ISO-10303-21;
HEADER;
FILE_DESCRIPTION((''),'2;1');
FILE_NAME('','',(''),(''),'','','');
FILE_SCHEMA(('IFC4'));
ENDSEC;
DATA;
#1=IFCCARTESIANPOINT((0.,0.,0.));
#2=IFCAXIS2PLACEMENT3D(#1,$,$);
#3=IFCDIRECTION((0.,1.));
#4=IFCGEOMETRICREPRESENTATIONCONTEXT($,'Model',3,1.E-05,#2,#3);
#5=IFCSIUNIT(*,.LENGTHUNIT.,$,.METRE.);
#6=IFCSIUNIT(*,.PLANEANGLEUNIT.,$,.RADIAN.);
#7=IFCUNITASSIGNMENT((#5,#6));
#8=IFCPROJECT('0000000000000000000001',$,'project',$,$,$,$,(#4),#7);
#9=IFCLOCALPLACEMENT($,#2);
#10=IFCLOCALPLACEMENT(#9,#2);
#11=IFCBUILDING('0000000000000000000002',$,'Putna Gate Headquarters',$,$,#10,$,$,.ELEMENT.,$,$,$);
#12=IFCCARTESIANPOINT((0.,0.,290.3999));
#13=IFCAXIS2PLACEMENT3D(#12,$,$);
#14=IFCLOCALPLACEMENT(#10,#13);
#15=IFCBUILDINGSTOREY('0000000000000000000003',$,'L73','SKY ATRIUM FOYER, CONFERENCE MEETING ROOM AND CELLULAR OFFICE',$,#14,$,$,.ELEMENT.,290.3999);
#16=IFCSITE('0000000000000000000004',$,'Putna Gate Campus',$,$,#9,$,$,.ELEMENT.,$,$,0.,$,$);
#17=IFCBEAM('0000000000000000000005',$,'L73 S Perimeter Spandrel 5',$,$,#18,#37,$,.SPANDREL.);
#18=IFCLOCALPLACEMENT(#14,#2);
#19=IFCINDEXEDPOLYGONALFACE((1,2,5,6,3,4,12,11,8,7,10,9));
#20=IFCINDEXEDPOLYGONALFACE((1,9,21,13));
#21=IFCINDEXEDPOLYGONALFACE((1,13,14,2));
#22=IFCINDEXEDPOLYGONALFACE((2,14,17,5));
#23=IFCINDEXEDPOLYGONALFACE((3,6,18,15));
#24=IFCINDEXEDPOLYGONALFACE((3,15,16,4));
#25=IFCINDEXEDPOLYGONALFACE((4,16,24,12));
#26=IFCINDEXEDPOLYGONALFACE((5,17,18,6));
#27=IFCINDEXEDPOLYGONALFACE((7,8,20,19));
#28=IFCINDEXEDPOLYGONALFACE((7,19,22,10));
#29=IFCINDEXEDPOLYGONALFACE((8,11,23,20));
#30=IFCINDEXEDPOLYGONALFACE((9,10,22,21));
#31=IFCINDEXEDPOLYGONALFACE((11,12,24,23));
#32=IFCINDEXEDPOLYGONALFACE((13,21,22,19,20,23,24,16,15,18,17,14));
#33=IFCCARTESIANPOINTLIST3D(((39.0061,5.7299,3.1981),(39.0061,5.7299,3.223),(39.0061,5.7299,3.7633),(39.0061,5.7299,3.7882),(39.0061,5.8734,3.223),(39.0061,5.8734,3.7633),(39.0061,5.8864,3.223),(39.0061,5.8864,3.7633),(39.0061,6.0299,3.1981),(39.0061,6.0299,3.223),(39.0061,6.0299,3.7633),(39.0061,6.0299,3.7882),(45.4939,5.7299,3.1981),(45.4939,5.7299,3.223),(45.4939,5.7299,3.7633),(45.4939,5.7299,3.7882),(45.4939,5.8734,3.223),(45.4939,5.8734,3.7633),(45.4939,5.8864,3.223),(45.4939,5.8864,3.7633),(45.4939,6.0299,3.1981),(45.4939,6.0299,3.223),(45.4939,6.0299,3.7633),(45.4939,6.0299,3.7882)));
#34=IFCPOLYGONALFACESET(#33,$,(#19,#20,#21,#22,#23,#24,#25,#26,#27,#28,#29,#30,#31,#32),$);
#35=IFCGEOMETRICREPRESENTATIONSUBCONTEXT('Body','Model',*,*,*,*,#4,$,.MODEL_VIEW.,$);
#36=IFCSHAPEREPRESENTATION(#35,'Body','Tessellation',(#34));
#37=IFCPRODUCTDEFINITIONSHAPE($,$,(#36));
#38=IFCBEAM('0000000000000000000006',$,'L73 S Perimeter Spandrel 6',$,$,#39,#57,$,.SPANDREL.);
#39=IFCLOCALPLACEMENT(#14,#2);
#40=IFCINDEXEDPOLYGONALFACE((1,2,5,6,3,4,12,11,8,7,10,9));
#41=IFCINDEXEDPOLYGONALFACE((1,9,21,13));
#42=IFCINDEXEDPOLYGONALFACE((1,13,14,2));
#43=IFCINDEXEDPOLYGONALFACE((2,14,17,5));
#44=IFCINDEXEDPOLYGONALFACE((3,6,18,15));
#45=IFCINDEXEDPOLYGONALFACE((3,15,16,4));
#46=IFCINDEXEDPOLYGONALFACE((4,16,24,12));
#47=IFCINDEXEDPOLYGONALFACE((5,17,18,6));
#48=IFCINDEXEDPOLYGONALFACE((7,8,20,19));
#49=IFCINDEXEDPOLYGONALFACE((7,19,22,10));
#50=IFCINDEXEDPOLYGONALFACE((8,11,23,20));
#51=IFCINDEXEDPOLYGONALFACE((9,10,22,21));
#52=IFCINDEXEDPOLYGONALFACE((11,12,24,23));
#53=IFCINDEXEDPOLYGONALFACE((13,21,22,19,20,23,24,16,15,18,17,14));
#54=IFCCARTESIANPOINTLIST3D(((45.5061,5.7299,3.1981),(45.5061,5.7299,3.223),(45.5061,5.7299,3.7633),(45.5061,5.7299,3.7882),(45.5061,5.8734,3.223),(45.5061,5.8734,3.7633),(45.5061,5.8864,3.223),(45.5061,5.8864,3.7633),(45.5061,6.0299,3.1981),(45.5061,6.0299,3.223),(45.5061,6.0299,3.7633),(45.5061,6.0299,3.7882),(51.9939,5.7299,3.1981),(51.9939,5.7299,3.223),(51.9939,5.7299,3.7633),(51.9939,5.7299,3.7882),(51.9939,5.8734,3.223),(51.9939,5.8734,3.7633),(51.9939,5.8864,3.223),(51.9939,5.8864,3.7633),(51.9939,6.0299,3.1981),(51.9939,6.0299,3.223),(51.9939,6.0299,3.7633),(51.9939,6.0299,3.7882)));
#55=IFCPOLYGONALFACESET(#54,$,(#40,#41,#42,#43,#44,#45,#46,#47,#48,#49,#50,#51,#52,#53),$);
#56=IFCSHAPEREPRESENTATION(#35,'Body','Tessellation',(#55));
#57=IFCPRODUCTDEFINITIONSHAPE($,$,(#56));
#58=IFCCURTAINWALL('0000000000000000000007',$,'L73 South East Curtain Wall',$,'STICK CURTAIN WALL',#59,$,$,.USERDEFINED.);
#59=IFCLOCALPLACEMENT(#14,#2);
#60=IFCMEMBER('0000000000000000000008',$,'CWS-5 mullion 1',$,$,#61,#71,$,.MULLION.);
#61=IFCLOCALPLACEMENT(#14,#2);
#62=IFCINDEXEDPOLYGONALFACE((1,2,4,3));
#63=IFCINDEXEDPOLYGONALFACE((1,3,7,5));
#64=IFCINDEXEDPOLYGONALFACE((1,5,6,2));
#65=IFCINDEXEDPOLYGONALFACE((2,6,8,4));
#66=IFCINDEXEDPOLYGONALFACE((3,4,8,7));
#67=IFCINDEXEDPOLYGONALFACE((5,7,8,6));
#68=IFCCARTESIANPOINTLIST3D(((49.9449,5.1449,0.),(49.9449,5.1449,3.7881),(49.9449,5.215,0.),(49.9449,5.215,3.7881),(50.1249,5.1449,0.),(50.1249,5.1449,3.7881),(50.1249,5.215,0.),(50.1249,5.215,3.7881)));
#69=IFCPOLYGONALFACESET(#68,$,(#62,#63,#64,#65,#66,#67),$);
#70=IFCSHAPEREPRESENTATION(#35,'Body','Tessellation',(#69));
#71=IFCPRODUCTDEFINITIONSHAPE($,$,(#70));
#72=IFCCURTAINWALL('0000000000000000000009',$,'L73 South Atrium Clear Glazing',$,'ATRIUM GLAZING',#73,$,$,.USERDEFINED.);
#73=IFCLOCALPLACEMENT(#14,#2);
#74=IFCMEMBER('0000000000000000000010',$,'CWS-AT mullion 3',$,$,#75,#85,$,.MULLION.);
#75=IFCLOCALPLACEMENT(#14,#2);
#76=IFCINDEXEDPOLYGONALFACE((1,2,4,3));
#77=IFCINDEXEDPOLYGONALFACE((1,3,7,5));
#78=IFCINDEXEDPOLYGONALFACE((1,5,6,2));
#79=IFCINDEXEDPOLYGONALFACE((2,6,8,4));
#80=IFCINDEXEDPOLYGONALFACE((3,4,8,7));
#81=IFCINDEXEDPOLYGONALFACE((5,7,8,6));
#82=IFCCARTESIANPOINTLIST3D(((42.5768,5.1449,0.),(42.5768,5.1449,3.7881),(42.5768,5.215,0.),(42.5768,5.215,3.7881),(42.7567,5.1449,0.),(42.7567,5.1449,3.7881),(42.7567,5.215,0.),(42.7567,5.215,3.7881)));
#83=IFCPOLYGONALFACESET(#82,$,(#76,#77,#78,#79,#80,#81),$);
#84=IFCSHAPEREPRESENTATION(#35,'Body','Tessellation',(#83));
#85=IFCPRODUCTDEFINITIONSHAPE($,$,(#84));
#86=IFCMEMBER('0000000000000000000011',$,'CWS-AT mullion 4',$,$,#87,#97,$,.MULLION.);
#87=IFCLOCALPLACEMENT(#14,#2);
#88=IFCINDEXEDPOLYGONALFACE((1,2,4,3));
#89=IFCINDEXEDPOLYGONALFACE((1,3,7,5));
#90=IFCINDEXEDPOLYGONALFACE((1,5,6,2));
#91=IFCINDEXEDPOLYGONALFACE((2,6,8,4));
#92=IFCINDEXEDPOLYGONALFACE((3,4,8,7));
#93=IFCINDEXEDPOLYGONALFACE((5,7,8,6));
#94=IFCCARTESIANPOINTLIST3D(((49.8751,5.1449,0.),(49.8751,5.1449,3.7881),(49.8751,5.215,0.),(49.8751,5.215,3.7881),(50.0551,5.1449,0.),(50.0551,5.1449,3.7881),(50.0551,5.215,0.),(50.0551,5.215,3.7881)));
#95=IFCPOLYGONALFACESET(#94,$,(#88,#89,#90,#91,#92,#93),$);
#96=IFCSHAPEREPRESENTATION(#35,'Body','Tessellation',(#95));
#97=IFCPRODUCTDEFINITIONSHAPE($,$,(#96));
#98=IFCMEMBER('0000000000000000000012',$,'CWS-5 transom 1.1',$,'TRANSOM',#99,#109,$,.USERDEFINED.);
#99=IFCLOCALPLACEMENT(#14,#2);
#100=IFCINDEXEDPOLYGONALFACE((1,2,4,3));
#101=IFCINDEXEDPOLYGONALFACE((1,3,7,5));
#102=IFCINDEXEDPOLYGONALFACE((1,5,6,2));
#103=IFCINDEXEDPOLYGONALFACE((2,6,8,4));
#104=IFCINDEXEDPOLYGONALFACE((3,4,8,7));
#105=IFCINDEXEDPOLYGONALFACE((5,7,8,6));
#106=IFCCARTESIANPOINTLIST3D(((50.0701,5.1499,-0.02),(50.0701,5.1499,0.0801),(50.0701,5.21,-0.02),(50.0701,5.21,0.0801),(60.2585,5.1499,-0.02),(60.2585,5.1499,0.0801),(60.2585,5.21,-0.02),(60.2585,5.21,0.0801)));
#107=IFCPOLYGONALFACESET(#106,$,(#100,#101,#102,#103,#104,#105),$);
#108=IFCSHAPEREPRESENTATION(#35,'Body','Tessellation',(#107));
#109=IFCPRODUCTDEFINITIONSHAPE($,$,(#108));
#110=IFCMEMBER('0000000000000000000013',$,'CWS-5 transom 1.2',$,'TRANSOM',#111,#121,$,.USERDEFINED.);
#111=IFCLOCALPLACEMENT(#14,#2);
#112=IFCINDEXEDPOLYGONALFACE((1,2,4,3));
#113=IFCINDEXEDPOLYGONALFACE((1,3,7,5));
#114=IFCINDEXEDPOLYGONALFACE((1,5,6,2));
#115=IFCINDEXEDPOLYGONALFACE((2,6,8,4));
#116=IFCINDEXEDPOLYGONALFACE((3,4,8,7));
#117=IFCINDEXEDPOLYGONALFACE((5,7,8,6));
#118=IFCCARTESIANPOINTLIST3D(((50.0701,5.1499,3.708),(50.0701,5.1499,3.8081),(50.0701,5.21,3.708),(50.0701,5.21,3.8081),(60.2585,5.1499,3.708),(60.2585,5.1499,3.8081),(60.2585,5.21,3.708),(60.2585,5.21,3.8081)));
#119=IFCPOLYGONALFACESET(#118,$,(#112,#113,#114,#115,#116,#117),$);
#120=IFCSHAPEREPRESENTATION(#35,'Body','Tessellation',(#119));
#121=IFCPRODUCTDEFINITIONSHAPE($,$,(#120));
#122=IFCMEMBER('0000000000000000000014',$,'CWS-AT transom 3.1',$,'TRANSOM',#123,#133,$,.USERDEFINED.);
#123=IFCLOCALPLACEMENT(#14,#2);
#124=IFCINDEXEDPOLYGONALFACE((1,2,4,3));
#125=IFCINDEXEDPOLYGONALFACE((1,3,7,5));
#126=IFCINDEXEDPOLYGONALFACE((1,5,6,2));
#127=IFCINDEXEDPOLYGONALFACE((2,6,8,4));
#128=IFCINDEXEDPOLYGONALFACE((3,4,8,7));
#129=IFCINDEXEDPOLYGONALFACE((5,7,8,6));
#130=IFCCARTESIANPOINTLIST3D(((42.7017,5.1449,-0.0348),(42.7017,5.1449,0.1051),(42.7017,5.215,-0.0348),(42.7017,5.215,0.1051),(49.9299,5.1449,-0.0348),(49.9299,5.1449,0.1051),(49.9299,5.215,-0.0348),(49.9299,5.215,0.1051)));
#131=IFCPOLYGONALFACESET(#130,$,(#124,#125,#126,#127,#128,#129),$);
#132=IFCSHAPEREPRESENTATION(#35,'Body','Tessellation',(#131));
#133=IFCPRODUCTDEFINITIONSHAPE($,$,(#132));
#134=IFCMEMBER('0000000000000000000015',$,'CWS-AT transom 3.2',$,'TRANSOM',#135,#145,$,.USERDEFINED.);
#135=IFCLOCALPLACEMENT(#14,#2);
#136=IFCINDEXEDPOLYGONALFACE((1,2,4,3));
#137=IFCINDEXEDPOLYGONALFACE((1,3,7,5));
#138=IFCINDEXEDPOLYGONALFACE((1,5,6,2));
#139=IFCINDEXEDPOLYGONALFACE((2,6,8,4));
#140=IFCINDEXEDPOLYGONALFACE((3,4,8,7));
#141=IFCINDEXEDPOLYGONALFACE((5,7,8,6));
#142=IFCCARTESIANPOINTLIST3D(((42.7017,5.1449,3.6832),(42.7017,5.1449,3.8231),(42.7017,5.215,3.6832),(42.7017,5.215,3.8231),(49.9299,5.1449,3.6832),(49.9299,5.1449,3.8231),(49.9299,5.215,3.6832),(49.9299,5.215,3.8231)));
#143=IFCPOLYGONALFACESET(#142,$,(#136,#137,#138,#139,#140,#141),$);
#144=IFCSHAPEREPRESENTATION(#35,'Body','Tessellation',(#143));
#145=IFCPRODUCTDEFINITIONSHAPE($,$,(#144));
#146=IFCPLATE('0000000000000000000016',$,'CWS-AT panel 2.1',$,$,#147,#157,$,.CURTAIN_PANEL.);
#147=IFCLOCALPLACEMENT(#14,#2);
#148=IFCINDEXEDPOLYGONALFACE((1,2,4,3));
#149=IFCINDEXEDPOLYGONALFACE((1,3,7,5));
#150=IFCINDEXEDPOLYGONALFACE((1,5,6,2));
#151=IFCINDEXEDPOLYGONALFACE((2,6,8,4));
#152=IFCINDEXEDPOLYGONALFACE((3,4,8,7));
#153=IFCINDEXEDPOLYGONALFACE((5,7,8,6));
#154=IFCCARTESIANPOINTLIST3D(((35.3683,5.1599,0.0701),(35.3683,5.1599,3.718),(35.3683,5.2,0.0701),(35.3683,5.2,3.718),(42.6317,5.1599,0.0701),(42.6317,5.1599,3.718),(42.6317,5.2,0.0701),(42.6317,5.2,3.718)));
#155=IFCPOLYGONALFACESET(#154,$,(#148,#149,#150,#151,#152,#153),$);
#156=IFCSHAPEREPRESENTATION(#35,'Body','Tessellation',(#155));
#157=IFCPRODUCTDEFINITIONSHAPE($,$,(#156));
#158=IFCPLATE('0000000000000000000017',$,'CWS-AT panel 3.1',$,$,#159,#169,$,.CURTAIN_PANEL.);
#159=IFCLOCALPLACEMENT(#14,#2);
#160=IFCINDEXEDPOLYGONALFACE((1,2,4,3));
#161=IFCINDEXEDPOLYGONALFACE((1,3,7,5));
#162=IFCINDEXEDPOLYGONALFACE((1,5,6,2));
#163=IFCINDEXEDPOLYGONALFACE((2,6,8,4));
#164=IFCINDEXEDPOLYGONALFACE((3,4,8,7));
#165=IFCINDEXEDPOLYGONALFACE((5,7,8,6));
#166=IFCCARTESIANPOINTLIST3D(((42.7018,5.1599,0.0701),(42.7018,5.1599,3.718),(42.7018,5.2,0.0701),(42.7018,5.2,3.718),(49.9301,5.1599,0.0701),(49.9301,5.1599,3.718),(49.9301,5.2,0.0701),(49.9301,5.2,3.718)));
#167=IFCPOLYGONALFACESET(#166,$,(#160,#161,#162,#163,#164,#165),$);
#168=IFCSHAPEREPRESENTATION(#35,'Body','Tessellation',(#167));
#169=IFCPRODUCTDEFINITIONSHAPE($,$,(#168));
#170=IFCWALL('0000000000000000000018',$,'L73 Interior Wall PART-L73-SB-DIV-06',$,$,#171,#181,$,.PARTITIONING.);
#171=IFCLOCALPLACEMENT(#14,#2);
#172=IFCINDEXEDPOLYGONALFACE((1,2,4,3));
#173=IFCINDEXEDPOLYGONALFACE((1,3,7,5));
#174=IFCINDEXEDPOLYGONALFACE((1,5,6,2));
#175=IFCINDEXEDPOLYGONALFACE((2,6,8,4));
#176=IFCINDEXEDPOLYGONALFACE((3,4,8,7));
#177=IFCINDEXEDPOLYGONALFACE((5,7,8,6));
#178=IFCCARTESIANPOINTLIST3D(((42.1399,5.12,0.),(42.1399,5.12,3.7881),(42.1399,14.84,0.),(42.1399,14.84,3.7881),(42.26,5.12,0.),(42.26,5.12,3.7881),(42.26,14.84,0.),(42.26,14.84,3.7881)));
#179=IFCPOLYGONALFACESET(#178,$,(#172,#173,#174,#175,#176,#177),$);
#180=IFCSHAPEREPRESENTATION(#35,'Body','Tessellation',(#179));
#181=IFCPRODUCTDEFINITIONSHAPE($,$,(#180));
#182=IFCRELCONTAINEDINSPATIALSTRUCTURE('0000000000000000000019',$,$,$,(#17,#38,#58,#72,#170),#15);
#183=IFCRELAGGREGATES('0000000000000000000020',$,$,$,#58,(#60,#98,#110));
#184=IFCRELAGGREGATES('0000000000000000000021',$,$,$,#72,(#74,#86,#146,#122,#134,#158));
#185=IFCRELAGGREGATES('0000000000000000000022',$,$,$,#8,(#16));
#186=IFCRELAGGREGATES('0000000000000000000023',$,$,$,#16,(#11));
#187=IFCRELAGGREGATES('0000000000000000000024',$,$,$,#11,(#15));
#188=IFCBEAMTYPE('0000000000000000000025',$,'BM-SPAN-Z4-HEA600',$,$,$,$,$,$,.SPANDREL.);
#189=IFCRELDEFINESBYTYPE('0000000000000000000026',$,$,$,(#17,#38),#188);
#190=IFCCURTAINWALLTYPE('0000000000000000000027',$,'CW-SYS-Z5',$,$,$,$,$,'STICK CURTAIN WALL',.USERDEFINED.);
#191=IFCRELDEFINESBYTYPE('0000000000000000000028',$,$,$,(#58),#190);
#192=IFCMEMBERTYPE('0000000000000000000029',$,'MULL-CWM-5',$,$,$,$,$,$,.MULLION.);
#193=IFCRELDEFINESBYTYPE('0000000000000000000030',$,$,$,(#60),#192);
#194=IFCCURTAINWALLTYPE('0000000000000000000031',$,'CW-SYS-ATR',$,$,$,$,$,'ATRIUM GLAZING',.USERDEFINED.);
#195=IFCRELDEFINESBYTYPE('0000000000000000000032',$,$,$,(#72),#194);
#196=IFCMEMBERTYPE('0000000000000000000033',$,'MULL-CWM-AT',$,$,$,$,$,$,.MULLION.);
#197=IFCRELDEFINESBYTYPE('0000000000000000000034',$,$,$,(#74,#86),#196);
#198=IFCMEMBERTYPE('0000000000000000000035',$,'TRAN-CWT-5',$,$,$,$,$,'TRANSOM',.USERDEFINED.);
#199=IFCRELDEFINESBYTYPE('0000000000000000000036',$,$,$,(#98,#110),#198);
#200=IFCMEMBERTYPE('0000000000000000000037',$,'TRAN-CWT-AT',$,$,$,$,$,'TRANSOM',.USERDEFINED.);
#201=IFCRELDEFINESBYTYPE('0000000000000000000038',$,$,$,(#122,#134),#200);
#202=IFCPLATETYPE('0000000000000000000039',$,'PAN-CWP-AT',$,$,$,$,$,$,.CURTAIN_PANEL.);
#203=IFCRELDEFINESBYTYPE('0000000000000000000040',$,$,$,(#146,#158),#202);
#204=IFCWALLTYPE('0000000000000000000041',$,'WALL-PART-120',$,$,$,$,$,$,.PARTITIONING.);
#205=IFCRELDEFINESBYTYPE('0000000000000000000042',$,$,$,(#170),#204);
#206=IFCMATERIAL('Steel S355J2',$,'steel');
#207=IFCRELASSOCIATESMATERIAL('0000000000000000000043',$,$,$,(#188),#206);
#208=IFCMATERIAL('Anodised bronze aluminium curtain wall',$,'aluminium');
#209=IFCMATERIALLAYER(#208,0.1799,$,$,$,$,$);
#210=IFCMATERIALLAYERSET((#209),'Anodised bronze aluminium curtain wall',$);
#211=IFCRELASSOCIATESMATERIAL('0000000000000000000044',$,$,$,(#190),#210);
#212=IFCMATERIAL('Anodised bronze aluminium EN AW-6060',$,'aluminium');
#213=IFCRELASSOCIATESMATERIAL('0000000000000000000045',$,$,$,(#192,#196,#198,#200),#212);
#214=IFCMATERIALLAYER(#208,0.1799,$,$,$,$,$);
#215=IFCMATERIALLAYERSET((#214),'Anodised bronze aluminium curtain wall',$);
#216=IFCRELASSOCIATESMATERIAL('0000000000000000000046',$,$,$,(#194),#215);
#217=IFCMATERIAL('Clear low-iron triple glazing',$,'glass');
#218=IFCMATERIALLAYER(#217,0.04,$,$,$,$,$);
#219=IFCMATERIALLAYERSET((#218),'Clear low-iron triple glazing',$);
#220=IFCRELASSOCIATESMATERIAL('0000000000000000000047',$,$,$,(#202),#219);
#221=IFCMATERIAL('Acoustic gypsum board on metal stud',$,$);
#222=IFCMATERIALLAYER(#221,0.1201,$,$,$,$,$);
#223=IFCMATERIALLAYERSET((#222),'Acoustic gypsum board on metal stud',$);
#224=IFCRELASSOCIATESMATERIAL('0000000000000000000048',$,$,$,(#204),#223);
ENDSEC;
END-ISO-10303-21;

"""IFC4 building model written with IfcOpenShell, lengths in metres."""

from ifc_helpers import new_model, si_unit, direction, frame, frame_2d, origin, origin_2d, place, context, subcontext, project, spatial, rectangle, i_section, extrude, material, layer, layer_set, material_profile, profile_set, type_object, element, aggregate, save


model = new_model("IFC4")

# Units and contexts
model_context = context("Model", 3, precision=1e-05, world=origin(), true_north=direction((0.0, 1.0)))
body_context = subcontext(model_context, "Body", "Model", "MODEL_VIEW")
ifc_project = project(units=[si_unit("LENGTHUNIT", "METRE"), si_unit("PLANEANGLEUNIT", "RADIAN")], contexts=[model_context])

# Site, building, storey
site_placement = place(None, origin())
site = spatial("IfcSite", under=ifc_project, at=site_placement, Name="Putna Gate Campus", CompositionType="ELEMENT", RefElevation=0.0)
building_placement = place(site_placement, origin())
building = spatial("IfcBuilding", under=site, at=building_placement, Name="Putna Gate Headquarters", CompositionType="ELEMENT")
storey_placement = place(building_placement, frame((0.0, 0.0, 290.3999)))
storey = spatial("IfcBuildingStorey", under=building, at=storey_placement, Name="L73", Description="SKY ATRIUM FOYER, CONFERENCE MEETING ROOM AND CELLULAR OFFICE", CompositionType="ELEMENT", Elevation=290.3999)

# Beams
ifc_material_1 = material(Name="Steel S355J2", Category="steel")
ifc_material_profile_1 = material_profile(ifc_material_1, i_section(OverallWidth=0.3, OverallDepth=0.5901, WebThickness=0.0129, FlangeThickness=0.0249, at=origin_2d()), Name="Steel S355J2")
ifc_profile_set_1 = profile_set([ifc_material_profile_1], Name="Steel S355J2")
beam_type_1 = type_object("IfcBeamType", Name="BM-SPAN-Z4-HEA600", PredefinedType="SPANDREL", material=ifc_profile_set_1)
for number, where, z_axis, x_axis, name in (
    (1, (39.0061, 5.8799, 3.4932), (1.0, 0.0, 0.0), (0.0, 1.0, 0.0), "L73 S Perimeter Spandrel 5"),
    (2, (45.5061, 5.8799, 3.4932), (1.0, 0.0, 0.0), (0.0, 1.0, 0.0), "L73 S Perimeter Spandrel 6"),
):
    element("IfcBeam", number, at=place(storey_placement, frame(where, z_axis=z_axis, x_axis=x_axis)), inside=storey, type_object=beam_type_1, Name=name, PredefinedType="SPANDREL", context=body_context, shape_type="SweptSolid", body=[
        extrude(i_section(OverallWidth=0.3, OverallDepth=0.5901, WebThickness=0.0129, FlangeThickness=0.0249, at=origin_2d()), origin(), (0.0, 0.0, 1.0), 6.4878),
    ])

# Curtain wall, member
ifc_material_2 = material(Name="Anodised bronze aluminium curtain wall", Category="aluminium")
ifc_layer_1 = layer(ifc_material_2, 0.1799)
ifc_layer_set_1 = layer_set([ifc_layer_1], Name="Anodised bronze aluminium curtain wall")
curtain_wall_type_1 = type_object("IfcCurtainWallType", Name="CW-SYS-Z5", ElementType="STICK CURTAIN WALL", PredefinedType="USERDEFINED", material=ifc_layer_set_1)
curtain_wall_1_placement = place(storey_placement, origin())
curtain_wall_1 = element("IfcCurtainWall", 3, at=curtain_wall_1_placement, inside=storey, type_object=curtain_wall_type_1, Name="L73 South East Curtain Wall", ObjectType="STICK CURTAIN WALL", PredefinedType="USERDEFINED")
ifc_material_3 = material(Name="Anodised bronze aluminium EN AW-6060", Category="aluminium")
ifc_material_profile_2 = material_profile(ifc_material_3, rectangle(XDim=0.0701, YDim=0.1799, at=origin_2d()), Name="Anodised bronze aluminium EN AW-6060")
ifc_profile_set_2 = profile_set([ifc_material_profile_2], Name="Anodised bronze aluminium EN AW-6060")
member_type_1 = type_object("IfcMemberType", Name="MULL-CWM-5", PredefinedType="MULLION", material=ifc_profile_set_2)
member_1_placement = place(storey_placement, frame((50.0349, 5.1799, 0.0), z_axis=(0.0, 0.0, 1.0), x_axis=(0.0, 1.0, 0.0)))
member_1 = element("IfcMember", 4, at=member_1_placement, type_object=member_type_1, Name="CWS-5 mullion 1", PredefinedType="MULLION", context=body_context, shape_type="SweptSolid", body=[
    extrude(rectangle(XDim=0.0701, YDim=0.1799, at=origin_2d()), origin(), (0.0, 0.0, 1.0), 3.7881),
])

# Curtain wall, members
ifc_layer_2 = layer(ifc_material_2, 0.1799)
ifc_layer_set_2 = layer_set([ifc_layer_2], Name="Anodised bronze aluminium curtain wall")
curtain_wall_type_2 = type_object("IfcCurtainWallType", Name="CW-SYS-ATR", ElementType="ATRIUM GLAZING", PredefinedType="USERDEFINED", material=ifc_layer_set_2)
curtain_wall_2_placement = place(storey_placement, origin())
curtain_wall_2 = element("IfcCurtainWall", 5, at=curtain_wall_2_placement, inside=storey, type_object=curtain_wall_type_2, Name="L73 South Atrium Clear Glazing", ObjectType="ATRIUM GLAZING", PredefinedType="USERDEFINED")
ifc_material_profile_3 = material_profile(ifc_material_3, rectangle(XDim=0.0701, YDim=0.1799, at=origin_2d()), Name="Anodised bronze aluminium EN AW-6060")
ifc_profile_set_3 = profile_set([ifc_material_profile_3], Name="Anodised bronze aluminium EN AW-6060")
member_type_2 = type_object("IfcMemberType", Name="MULL-CWM-AT", PredefinedType="MULLION", material=ifc_profile_set_3)
member_2_placement = place(storey_placement, frame((42.6667, 5.1799, 0.0), z_axis=(0.0, 0.0, 1.0), x_axis=(0.0, 1.0, 0.0)))
member_2 = element("IfcMember", 6, at=member_2_placement, type_object=member_type_2, Name="CWS-AT mullion 3", PredefinedType="MULLION", context=body_context, shape_type="SweptSolid", body=[
    extrude(rectangle(XDim=0.0701, YDim=0.1799, at=origin_2d()), origin(), (0.0, 0.0, 1.0), 3.7881),
])
member_3_placement = place(storey_placement, frame((49.9651, 5.1799, 0.0), z_axis=(0.0, 0.0, 1.0), x_axis=(0.0, 1.0, 0.0)))
member_3 = element("IfcMember", 7, at=member_3_placement, type_object=member_type_2, Name="CWS-AT mullion 4", PredefinedType="MULLION", context=body_context, shape_type="SweptSolid", body=[
    extrude(rectangle(XDim=0.0701, YDim=0.1799, at=origin_2d()), origin(), (0.0, 0.0, 1.0), 3.7881),
])

# Members
ifc_material_profile_4 = material_profile(ifc_material_3, rectangle(XDim=0.0601, YDim=0.1001, at=origin_2d()), Name="Anodised bronze aluminium EN AW-6060")
ifc_profile_set_4 = profile_set([ifc_material_profile_4], Name="Anodised bronze aluminium EN AW-6060")
member_type_3 = type_object("IfcMemberType", Name="TRAN-CWT-5", ElementType="TRANSOM", PredefinedType="USERDEFINED", material=ifc_profile_set_4)
member_4_placement = place(storey_placement, frame((50.0701, 5.1799, 0.03), z_axis=(1.0, 0.0, 0.0), x_axis=(0.0, 1.0, 0.0)))
member_4 = element("IfcMember", 8, at=member_4_placement, type_object=member_type_3, Name="CWS-5 transom 1.1", ObjectType="TRANSOM", PredefinedType="USERDEFINED", context=body_context, shape_type="SweptSolid", body=[
    extrude(rectangle(XDim=0.0601, YDim=0.1001, at=origin_2d()), origin(), (0.0, 0.0, 1.0), 10.1885),
])
member_5_placement = place(storey_placement, frame((50.0701, 5.1799, 3.7581), z_axis=(1.0, 0.0, 0.0), x_axis=(0.0, 1.0, 0.0)))
member_5 = element("IfcMember", 9, at=member_5_placement, type_object=member_type_3, Name="CWS-5 transom 1.2", ObjectType="TRANSOM", PredefinedType="USERDEFINED", context=body_context, shape_type="SweptSolid", body=[
    extrude(rectangle(XDim=0.0601, YDim=0.1001, at=origin_2d()), origin(), (0.0, 0.0, 1.0), 10.1885),
])
aggregate(curtain_wall_1, [member_1, member_4, member_5])
ifc_material_profile_5 = material_profile(ifc_material_3, rectangle(XDim=0.0701, YDim=0.1399, at=origin_2d()), Name="Anodised bronze aluminium EN AW-6060")
ifc_profile_set_5 = profile_set([ifc_material_profile_5], Name="Anodised bronze aluminium EN AW-6060")
member_type_4 = type_object("IfcMemberType", Name="TRAN-CWT-AT", ElementType="TRANSOM", PredefinedType="USERDEFINED", material=ifc_profile_set_5)
member_6_placement = place(storey_placement, frame((42.7017, 5.1799, 0.0352), z_axis=(1.0, 0.0, 0.0), x_axis=(0.0, 1.0, 0.0)))
member_6 = element("IfcMember", 10, at=member_6_placement, type_object=member_type_4, Name="CWS-AT transom 3.1", ObjectType="TRANSOM", PredefinedType="USERDEFINED", context=body_context, shape_type="SweptSolid", body=[
    extrude(rectangle(XDim=0.0701, YDim=0.1399, at=origin_2d()), origin(), (0.0, 0.0, 1.0), 7.2283),
])
member_7_placement = place(storey_placement, frame((42.7017, 5.1799, 3.7532), z_axis=(1.0, 0.0, 0.0), x_axis=(0.0, 1.0, 0.0)))
member_7 = element("IfcMember", 11, at=member_7_placement, type_object=member_type_4, Name="CWS-AT transom 3.2", ObjectType="TRANSOM", PredefinedType="USERDEFINED", context=body_context, shape_type="SweptSolid", body=[
    extrude(rectangle(XDim=0.0701, YDim=0.1399, at=origin_2d()), origin(), (0.0, 0.0, 1.0), 7.2283),
])

# Plates
ifc_material_4 = material(Name="Clear low-iron triple glazing", Category="glass")
ifc_layer_3 = layer(ifc_material_4, 0.04)
ifc_layer_set_3 = layer_set([ifc_layer_3], Name="Clear low-iron triple glazing")
plate_type = type_object("IfcPlateType", Name="PAN-CWP-AT", PredefinedType="CURTAIN_PANEL", material=ifc_layer_set_3)
plate_1_placement = place(storey_placement, frame((39.0, 5.1799, 0.0701), z_axis=(0.0, 0.0, 1.0), x_axis=(1.0, 0.0, 0.0)))
plate_1 = element("IfcPlate", 12, at=plate_1_placement, type_object=plate_type, Name="CWS-AT panel 2.1", PredefinedType="CURTAIN_PANEL", context=body_context, shape_type="SweptSolid", body=[
    extrude(rectangle(XDim=7.2634, YDim=0.04, at=origin_2d()), origin(), (0.0, 0.0, 1.0), 3.6479),
])
plate_2_placement = place(storey_placement, frame((46.3159, 5.1799, 0.0701), z_axis=(0.0, 0.0, 1.0), x_axis=(1.0, 0.0, 0.0)))
plate_2 = element("IfcPlate", 13, at=plate_2_placement, type_object=plate_type, Name="CWS-AT panel 3.1", PredefinedType="CURTAIN_PANEL", context=body_context, shape_type="SweptSolid", body=[
    extrude(rectangle(XDim=7.2283, YDim=0.04, at=origin_2d()), origin(), (0.0, 0.0, 1.0), 3.6479),
])
aggregate(curtain_wall_2, [member_2, member_3, plate_1, member_6, member_7, plate_2])

# Wall
ifc_material_5 = material(Name="Acoustic gypsum board on metal stud")
ifc_layer_4 = layer(ifc_material_5, 0.1201)
ifc_layer_set_4 = layer_set([ifc_layer_4], Name="Acoustic gypsum board on metal stud")
wall_type_1 = type_object("IfcWallType", Name="WALL-PART-120", PredefinedType="PARTITIONING", material=ifc_layer_set_4)
wall_1_placement = place(storey_placement, frame((42.2, 5.1201, 0.0), z_axis=(0.0, 0.0, 1.0), x_axis=(0.0, 1.0, 0.0)))
element("IfcWall", 14, at=wall_1_placement, inside=storey, type_object=wall_type_1, Name="L73 Interior Wall PART-L73-SB-DIV-06", PredefinedType="PARTITIONING", context=body_context, shape_type="SweptSolid", body=[
    extrude(rectangle(XDim=9.72, YDim=0.1201, at=frame_2d((4.8599, 0.0))), origin(), (0.0, 0.0, 1.0), 3.7881),
])

save(model, "model.ifc")
